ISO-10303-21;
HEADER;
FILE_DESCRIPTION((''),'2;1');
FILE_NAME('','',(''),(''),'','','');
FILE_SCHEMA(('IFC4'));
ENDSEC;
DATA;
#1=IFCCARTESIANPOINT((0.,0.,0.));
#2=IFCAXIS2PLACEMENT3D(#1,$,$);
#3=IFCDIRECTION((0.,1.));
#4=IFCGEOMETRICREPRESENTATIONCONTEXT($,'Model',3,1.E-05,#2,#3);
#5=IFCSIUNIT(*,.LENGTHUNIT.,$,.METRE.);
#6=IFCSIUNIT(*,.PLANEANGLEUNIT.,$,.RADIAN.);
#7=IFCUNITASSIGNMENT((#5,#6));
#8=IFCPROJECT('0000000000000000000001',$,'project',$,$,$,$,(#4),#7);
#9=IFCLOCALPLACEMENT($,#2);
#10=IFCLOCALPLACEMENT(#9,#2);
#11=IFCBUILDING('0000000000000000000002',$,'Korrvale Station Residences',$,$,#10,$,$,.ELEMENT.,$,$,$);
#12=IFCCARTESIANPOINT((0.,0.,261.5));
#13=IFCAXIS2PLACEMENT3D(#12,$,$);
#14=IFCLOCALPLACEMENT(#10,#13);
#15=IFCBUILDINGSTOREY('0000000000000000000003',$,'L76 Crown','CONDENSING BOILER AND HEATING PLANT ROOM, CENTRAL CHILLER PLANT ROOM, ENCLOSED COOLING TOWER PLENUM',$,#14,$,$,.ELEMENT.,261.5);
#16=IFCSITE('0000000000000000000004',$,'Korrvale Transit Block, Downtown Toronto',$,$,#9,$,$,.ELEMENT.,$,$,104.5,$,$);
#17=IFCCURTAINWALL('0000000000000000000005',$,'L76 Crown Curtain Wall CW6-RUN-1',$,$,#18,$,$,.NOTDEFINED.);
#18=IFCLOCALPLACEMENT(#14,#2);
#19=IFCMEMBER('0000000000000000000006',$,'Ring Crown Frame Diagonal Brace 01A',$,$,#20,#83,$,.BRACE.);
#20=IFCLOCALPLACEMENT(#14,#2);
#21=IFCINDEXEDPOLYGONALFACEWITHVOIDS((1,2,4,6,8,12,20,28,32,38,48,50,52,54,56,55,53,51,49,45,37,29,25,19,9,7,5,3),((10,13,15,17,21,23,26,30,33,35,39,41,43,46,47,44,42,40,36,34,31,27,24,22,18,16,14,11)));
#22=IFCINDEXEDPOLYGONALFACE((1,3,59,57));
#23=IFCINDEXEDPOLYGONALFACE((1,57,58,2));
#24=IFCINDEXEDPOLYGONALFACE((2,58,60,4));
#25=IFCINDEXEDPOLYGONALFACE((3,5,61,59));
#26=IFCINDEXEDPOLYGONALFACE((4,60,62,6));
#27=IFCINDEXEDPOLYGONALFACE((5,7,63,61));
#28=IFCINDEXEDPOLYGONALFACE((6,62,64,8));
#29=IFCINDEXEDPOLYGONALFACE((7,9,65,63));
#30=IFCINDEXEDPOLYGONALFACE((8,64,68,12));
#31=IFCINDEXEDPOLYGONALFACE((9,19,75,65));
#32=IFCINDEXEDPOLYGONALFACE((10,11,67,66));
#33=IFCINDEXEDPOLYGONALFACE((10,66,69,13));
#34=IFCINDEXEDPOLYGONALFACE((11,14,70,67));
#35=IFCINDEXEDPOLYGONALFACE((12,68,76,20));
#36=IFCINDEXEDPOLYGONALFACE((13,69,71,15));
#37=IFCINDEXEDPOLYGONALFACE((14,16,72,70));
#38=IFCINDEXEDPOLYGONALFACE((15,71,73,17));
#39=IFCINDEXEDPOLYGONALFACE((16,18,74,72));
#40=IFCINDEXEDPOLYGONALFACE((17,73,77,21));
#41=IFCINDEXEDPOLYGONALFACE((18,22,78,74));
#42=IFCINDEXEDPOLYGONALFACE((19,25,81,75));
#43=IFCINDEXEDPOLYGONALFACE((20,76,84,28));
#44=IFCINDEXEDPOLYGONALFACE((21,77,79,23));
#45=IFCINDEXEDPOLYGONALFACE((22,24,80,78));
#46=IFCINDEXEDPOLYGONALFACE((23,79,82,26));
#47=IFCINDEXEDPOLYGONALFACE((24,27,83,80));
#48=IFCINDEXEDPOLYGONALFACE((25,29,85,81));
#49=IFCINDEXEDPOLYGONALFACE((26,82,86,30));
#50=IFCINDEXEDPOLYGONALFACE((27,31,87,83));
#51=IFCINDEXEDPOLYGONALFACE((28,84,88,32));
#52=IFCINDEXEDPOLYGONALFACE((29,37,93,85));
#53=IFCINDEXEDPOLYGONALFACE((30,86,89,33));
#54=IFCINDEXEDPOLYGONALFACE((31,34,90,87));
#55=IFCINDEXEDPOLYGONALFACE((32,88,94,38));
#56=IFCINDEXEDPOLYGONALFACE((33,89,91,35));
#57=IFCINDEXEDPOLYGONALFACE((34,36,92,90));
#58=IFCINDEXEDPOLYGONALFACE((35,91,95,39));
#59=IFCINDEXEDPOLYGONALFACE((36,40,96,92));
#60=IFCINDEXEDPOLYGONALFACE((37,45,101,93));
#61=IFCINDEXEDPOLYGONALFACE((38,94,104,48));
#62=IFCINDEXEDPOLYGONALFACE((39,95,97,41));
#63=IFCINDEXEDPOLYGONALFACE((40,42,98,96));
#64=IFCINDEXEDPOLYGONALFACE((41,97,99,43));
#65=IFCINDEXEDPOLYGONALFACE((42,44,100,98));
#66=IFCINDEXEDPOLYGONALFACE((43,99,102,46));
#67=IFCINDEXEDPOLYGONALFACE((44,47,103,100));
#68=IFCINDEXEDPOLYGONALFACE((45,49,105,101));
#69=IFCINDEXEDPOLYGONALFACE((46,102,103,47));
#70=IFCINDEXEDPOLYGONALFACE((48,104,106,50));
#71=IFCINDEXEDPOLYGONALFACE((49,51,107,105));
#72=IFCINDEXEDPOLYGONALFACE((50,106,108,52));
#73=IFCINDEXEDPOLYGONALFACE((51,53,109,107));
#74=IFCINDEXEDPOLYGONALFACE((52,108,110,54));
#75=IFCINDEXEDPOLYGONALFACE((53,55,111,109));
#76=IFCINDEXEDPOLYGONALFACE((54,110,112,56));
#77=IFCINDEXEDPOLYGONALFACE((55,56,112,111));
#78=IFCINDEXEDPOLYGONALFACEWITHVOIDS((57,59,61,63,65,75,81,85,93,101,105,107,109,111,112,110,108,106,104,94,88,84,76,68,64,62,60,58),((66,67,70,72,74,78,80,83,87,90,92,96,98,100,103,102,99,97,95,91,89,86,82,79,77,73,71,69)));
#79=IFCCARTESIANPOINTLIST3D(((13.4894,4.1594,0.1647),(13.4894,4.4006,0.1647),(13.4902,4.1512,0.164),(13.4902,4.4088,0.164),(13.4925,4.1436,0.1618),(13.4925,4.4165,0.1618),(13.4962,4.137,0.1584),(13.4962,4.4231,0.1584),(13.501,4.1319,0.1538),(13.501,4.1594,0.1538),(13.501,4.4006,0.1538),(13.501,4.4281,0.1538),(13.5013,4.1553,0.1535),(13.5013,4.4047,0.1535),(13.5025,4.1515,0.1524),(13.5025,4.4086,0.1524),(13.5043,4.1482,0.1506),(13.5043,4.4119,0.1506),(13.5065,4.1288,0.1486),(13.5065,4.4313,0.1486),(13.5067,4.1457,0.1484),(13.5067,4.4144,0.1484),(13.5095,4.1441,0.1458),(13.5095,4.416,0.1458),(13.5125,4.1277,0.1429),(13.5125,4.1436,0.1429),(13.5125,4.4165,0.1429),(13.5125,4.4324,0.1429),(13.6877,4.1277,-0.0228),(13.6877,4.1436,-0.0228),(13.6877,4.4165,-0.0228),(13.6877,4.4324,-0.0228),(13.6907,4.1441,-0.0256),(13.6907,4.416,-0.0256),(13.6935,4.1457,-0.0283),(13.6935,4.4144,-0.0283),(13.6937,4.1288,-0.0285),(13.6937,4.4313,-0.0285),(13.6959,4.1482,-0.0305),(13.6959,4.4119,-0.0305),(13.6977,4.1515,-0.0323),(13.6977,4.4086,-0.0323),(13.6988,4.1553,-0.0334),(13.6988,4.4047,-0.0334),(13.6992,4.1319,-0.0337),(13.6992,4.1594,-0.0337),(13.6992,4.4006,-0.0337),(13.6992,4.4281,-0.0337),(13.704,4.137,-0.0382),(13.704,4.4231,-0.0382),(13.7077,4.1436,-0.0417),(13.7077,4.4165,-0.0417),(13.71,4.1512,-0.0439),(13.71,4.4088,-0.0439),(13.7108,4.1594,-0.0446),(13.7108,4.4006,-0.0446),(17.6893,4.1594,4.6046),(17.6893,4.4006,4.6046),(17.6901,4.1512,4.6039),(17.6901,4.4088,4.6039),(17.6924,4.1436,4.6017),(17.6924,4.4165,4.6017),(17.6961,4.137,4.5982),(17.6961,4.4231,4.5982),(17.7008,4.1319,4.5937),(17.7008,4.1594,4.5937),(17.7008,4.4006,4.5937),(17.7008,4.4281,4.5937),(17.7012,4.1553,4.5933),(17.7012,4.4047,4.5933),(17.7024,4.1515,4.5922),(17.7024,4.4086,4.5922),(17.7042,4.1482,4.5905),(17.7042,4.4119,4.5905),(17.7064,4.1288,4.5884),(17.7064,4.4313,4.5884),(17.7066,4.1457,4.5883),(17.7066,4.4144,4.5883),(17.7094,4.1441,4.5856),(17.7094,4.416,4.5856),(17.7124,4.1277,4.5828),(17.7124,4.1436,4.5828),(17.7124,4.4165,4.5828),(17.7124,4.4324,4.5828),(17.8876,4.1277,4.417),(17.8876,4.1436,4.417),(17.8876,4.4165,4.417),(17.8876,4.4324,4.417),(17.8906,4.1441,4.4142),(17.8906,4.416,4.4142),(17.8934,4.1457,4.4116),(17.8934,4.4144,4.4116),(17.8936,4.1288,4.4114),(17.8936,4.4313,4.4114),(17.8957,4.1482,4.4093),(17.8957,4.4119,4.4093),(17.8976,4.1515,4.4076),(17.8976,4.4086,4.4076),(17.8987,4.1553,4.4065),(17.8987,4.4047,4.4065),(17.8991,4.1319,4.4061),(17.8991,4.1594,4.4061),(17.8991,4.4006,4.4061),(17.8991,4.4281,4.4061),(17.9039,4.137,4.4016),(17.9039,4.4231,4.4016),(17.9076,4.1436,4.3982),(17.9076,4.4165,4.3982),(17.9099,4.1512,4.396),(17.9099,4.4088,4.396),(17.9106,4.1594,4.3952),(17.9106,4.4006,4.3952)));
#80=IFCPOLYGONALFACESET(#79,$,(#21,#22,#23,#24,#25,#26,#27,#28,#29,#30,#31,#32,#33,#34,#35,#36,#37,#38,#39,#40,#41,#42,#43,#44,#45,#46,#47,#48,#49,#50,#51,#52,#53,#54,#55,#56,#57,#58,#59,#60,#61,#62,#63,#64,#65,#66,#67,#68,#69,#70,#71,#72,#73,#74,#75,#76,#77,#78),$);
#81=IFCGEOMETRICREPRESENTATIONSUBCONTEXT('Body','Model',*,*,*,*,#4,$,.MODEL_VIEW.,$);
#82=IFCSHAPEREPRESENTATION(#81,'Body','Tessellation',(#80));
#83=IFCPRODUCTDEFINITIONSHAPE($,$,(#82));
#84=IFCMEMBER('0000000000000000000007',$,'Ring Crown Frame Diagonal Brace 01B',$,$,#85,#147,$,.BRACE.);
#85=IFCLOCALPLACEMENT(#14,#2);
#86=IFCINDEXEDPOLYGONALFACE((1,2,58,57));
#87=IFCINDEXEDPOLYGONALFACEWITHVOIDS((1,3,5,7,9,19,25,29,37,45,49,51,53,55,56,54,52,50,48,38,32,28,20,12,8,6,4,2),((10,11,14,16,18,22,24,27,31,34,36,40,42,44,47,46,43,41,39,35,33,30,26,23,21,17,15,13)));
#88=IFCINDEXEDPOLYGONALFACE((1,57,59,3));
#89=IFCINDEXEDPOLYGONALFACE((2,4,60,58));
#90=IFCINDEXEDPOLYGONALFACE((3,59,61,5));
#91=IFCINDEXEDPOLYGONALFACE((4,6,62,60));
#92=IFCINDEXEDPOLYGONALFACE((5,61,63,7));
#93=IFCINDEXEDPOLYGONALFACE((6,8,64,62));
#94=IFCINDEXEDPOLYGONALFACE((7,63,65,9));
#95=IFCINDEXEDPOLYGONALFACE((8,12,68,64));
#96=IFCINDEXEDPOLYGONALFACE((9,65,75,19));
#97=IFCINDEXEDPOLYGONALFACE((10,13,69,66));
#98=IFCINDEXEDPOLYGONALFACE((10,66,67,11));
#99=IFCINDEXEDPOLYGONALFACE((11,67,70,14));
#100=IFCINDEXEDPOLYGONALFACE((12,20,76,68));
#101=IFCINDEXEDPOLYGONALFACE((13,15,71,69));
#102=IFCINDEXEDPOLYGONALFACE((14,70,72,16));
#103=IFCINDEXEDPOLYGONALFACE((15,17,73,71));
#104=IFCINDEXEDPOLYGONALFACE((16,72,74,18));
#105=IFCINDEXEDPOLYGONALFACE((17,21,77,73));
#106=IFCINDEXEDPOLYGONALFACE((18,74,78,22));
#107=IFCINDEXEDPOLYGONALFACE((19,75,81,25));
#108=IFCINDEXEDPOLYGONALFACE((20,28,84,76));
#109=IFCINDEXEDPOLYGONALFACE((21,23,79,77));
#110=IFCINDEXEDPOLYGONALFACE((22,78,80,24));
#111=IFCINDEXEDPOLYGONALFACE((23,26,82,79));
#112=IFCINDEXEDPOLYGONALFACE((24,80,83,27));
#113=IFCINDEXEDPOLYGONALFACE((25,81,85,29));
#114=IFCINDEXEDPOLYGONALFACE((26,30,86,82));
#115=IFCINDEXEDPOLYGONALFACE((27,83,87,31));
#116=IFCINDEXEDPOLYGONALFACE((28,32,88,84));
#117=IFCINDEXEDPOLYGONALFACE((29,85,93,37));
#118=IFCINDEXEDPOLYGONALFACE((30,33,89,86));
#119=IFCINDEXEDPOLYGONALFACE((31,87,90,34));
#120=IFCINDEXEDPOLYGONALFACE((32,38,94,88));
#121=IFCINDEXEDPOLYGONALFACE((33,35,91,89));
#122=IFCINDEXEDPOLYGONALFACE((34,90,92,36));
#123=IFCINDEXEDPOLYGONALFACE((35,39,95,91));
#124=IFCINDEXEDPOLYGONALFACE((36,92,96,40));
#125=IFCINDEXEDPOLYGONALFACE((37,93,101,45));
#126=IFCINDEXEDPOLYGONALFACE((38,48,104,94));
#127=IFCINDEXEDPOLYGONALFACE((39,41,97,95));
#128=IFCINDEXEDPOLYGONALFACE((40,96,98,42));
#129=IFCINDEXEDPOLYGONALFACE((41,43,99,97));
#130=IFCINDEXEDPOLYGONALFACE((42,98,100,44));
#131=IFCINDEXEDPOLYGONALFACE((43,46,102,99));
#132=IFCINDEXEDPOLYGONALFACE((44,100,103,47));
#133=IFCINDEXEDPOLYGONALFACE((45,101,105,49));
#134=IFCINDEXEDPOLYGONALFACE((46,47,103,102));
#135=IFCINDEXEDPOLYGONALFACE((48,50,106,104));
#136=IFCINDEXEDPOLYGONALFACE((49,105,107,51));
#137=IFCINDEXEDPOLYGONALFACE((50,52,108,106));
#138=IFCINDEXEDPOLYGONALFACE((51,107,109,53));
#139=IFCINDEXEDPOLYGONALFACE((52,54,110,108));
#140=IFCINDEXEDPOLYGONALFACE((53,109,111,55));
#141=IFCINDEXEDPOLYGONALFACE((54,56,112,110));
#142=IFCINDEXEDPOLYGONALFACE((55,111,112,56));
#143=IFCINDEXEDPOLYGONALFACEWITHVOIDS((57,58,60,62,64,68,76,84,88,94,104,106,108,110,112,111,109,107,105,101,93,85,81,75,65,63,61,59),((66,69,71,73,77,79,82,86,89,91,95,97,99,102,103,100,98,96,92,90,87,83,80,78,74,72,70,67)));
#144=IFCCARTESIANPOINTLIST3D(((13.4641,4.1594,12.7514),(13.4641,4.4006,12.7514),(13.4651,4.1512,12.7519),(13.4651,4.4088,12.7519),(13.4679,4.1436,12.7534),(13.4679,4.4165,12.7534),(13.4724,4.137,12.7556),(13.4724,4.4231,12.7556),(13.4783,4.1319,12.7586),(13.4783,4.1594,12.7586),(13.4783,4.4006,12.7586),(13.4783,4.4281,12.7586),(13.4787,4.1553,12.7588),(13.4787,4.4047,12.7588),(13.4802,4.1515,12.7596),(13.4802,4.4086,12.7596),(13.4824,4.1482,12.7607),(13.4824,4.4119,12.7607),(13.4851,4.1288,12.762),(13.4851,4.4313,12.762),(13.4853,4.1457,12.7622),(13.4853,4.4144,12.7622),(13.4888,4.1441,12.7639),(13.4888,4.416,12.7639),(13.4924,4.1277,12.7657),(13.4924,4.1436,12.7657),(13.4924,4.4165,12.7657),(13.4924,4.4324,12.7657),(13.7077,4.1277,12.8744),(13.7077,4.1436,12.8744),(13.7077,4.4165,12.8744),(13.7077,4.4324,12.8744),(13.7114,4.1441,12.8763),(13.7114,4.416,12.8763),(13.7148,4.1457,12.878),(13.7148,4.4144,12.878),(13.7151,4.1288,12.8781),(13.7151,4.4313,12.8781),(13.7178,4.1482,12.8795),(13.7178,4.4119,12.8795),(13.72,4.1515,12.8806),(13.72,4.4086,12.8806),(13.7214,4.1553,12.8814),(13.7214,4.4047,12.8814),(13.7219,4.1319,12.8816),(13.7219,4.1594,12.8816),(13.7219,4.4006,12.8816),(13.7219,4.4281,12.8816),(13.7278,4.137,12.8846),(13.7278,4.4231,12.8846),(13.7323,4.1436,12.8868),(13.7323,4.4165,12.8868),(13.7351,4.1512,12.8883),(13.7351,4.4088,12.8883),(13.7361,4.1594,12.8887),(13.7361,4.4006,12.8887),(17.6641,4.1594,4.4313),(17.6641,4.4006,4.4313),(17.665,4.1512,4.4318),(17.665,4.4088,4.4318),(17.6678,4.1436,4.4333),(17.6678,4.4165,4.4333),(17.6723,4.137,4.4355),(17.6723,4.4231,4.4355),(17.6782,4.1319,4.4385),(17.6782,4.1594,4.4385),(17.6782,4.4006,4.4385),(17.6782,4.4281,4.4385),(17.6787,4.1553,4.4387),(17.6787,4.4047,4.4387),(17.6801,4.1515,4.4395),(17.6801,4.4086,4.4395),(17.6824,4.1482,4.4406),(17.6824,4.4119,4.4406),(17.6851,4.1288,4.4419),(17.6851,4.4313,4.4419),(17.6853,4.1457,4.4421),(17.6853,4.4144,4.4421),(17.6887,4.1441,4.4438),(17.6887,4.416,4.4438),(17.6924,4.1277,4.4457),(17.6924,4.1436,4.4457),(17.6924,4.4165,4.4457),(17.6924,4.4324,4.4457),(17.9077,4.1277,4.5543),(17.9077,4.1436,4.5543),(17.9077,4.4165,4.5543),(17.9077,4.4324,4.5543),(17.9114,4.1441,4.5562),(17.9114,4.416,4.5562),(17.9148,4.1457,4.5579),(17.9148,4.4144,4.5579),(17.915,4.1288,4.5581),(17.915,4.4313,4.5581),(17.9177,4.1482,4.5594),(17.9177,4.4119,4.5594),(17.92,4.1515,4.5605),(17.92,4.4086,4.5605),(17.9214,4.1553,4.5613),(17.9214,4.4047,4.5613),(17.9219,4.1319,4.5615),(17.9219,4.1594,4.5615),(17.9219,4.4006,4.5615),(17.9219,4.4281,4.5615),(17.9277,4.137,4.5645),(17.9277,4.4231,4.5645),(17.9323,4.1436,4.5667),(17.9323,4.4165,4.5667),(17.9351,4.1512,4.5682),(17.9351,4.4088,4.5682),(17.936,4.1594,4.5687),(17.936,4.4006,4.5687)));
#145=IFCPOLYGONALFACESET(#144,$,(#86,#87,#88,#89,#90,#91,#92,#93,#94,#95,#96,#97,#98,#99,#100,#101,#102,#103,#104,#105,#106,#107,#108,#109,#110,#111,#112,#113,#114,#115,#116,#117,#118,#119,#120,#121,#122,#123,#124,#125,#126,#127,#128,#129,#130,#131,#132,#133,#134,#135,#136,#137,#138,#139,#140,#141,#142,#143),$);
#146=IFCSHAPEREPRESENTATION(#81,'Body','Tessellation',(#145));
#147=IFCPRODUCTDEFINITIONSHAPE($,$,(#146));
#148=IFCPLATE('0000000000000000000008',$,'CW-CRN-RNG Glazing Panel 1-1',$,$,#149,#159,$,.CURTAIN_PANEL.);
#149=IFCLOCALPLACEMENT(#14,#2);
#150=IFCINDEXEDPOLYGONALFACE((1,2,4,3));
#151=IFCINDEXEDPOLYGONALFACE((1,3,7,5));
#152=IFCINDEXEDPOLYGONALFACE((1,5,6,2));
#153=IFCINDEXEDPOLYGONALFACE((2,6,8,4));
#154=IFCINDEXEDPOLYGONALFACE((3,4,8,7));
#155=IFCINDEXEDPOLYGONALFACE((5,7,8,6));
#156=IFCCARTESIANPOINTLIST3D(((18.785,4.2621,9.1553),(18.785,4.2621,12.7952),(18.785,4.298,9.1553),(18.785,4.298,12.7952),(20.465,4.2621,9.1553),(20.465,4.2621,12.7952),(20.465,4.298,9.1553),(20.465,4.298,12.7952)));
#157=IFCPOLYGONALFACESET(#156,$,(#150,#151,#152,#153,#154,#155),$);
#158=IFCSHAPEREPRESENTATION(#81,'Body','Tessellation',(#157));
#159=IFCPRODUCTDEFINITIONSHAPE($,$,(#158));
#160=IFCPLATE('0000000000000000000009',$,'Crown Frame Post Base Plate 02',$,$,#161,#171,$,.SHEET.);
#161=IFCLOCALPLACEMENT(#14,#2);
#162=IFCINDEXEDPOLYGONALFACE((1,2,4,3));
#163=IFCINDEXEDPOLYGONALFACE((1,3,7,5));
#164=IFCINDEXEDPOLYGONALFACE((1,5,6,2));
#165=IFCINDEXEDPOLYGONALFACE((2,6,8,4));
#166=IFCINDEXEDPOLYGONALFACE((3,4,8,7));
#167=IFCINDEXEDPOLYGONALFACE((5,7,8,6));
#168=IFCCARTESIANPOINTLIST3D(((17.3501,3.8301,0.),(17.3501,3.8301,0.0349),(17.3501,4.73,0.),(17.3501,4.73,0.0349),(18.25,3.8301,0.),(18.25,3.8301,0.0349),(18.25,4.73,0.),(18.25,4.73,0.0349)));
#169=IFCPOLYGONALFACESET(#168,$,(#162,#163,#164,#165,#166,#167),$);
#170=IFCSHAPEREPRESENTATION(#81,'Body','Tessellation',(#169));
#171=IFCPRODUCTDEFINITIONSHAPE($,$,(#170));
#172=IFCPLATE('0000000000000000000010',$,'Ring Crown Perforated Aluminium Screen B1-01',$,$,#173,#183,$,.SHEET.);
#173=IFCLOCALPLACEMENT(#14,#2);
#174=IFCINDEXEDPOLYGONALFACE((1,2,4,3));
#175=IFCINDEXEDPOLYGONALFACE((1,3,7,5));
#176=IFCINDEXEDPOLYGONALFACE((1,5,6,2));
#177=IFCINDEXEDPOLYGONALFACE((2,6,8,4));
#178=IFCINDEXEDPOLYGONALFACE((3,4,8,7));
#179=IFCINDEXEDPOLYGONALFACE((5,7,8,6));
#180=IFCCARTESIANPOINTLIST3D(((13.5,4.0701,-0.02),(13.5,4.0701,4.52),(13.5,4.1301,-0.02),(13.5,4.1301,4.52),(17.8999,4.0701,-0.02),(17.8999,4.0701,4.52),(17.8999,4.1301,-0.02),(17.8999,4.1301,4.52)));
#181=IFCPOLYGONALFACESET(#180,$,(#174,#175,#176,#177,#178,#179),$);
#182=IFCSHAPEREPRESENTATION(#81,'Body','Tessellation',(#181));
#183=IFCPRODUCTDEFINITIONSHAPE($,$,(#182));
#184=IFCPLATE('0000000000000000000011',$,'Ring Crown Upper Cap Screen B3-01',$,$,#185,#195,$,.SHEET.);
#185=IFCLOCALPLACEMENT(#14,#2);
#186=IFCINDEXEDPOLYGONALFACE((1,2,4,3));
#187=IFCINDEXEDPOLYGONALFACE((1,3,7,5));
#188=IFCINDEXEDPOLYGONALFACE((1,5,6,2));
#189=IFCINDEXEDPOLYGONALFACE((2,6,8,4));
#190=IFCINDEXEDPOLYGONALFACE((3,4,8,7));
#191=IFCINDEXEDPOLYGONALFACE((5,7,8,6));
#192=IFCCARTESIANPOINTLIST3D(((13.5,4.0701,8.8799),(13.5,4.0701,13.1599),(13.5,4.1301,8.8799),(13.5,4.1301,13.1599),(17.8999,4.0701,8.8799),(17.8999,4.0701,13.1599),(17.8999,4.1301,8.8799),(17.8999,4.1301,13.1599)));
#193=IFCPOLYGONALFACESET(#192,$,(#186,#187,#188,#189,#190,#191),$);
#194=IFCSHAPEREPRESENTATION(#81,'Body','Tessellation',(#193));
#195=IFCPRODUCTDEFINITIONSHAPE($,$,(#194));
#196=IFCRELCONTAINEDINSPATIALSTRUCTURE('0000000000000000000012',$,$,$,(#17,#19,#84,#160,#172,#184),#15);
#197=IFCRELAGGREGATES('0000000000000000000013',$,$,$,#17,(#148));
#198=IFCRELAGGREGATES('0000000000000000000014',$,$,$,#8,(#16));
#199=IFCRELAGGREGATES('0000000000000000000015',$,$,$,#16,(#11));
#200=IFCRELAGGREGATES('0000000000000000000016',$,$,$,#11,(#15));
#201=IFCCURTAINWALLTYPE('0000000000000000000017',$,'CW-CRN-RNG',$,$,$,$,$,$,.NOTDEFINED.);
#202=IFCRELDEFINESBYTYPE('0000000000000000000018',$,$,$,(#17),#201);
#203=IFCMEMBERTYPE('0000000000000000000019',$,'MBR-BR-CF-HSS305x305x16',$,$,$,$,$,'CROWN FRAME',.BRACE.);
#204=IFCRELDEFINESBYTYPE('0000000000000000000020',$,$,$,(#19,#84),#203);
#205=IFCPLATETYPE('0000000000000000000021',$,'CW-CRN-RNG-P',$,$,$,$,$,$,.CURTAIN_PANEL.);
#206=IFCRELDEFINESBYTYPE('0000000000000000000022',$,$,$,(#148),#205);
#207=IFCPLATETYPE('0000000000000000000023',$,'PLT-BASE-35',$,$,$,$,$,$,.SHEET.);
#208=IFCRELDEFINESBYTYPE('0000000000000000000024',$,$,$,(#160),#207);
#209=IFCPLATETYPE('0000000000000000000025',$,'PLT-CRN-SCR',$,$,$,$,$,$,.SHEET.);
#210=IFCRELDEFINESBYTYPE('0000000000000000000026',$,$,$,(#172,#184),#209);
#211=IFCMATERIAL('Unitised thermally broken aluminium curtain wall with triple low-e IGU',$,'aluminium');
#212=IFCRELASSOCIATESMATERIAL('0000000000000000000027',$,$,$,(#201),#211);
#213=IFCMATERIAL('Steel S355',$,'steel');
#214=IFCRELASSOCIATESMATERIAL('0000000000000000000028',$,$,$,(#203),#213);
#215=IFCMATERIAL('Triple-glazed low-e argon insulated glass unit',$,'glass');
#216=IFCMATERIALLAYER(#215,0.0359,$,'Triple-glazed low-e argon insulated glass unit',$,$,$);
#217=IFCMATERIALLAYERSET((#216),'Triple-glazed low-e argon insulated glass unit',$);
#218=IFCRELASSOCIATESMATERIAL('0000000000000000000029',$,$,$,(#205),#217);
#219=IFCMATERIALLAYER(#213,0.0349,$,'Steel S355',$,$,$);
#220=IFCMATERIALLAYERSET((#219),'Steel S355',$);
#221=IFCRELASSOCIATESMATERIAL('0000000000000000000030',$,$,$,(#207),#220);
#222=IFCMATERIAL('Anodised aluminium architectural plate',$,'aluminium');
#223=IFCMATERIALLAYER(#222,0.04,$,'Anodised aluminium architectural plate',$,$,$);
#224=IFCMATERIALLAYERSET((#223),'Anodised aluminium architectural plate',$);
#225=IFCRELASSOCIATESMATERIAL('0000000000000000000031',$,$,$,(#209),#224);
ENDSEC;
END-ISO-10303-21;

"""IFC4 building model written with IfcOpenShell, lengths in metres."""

from ifc_helpers import new_model, si_unit, direction, frame, origin, origin_2d, place, context, subcontext, project, spatial, rectangle, hollow_rectangle, extrude, material, layer, layer_set, material_profile, profile_set, type_object, element, aggregate, save


model = new_model("IFC4")

# Units and contexts
model_context = context("Model", 3, precision=1e-05, world=origin(), true_north=direction((0.0, 1.0)))
body_context = subcontext(model_context, "Body", "Model", "MODEL_VIEW")
ifc_project = project(units=[si_unit("LENGTHUNIT", "METRE"), si_unit("PLANEANGLEUNIT", "RADIAN")], contexts=[model_context])

# Site, building, storey
site_placement = place(None, origin())
site = spatial("IfcSite", under=ifc_project, at=site_placement, Name="Korrvale Transit Block, Downtown Toronto", CompositionType="ELEMENT", RefElevation=104.5)
building_placement = place(site_placement, origin())
building = spatial("IfcBuilding", under=site, at=building_placement, Name="Korrvale Station Residences", CompositionType="ELEMENT")
storey_placement = place(building_placement, frame((0.0, 0.0, 261.5)))
storey = spatial("IfcBuildingStorey", under=building, at=storey_placement, Name="L76 Crown", Description="CONDENSING BOILER AND HEATING PLANT ROOM, CENTRAL CHILLER PLANT ROOM, ENCLOSED COOLING TOWER PLENUM", CompositionType="ELEMENT", Elevation=261.5)

# Shared definitions
ifc_material_1 = material(Name="Steel S355", Category="steel")

# Curtain wall
ifc_material_2 = material(Name="Unitised thermally broken aluminium curtain wall with triple low-e IGU", Category="aluminium")
curtain_wall_type = type_object("IfcCurtainWallType", Name="CW-CRN-RNG", PredefinedType="NOTDEFINED", material=ifc_material_2)
curtain_wall_placement = place(storey_placement, origin())
curtain_wall = element("IfcCurtainWall", 1, at=curtain_wall_placement, inside=storey, type_object=curtain_wall_type, Name="L76 Crown Curtain Wall CW6-RUN-1", PredefinedType="NOTDEFINED")

# Members
ifc_material_profile_1 = material_profile(ifc_material_1, hollow_rectangle(XDim=0.3047, YDim=0.3047, WallThickness=0.0159, InnerFilletRadius=0.0159, OuterFilletRadius=0.0317, at=origin_2d()), Name="HSS305x305x16")
ifc_profile_set_1 = profile_set([ifc_material_profile_1], Name="Steel S355")
member_type_1 = type_object("IfcMemberType", Name="MBR-BR-CF-HSS305x305x16", ElementType="CROWN FRAME", PredefinedType="BRACE", material=ifc_profile_set_1)
member_1_placement = place(storey_placement, frame((13.6001, 4.28, 0.0601), z_axis=(0.6872, 0.0, 0.726468), x_axis=(0.0, 1.0, 0.0)))
element("IfcMember", 2, at=member_1_placement, inside=storey, type_object=member_type_1, Name="Ring Crown Frame Diagonal Brace 01A", PredefinedType="BRACE", context=body_context, shape_type="SweptSolid", body=[
    extrude(hollow_rectangle(XDim=0.3047, YDim=0.3047, WallThickness=0.0159, InnerFilletRadius=0.0159, OuterFilletRadius=0.0317, at=origin_2d()), origin(), (0.0, 0.0, 1.0), 6.1116),
])
member_2_placement = place(storey_placement, frame((17.8, 4.28, 4.5), z_axis=(-0.450637, 0.0, 0.892707), x_axis=(0.0, -1.0, 0.0)))
element("IfcMember", 3, at=member_2_placement, inside=storey, type_object=member_type_1, Name="Ring Crown Frame Diagonal Brace 01B", PredefinedType="BRACE", context=body_context, shape_type="SweptSolid", body=[
    extrude(hollow_rectangle(XDim=0.3047, YDim=0.3047, WallThickness=0.0159, InnerFilletRadius=0.0159, OuterFilletRadius=0.0317, at=origin_2d()), origin(), (0.0, 0.0, 1.0), 9.3201),
])

# Plate
ifc_material_3 = material(Name="Triple-glazed low-e argon insulated glass unit", Category="glass")
ifc_layer_1 = layer(ifc_material_3, 0.0359, Name="Triple-glazed low-e argon insulated glass unit")
ifc_layer_set_1 = layer_set([ifc_layer_1], Name="Triple-glazed low-e argon insulated glass unit")
plate_type_1 = type_object("IfcPlateType", Name="CW-CRN-RNG-P", PredefinedType="CURTAIN_PANEL", material=ifc_layer_set_1)
plate_1_placement = place(storey_placement, frame((19.625, 4.28, 9.1553), z_axis=(0.0, 0.0, 1.0), x_axis=(1.0, 0.0, 0.0)))
plate_1 = element("IfcPlate", 4, at=plate_1_placement, type_object=plate_type_1, Name="CW-CRN-RNG Glazing Panel 1-1", PredefinedType="CURTAIN_PANEL", context=body_context, shape_type="SweptSolid", body=[
    extrude(rectangle(XDim=1.6799, YDim=0.0359, at=origin_2d()), origin(), (0.0, 0.0, 1.0), 3.6399),
])
aggregate(curtain_wall, [plate_1])

# Plates
ifc_layer_2 = layer(ifc_material_1, 0.0349, Name="Steel S355")
ifc_layer_set_2 = layer_set([ifc_layer_2], Name="Steel S355")
plate_type_2 = type_object("IfcPlateType", Name="PLT-BASE-35", PredefinedType="SHEET", material=ifc_layer_set_2)
plate_2_placement = place(storey_placement, frame((17.8, 4.28, 0.0), z_axis=(0.0, 0.0, 1.0), x_axis=(1.0, 0.0, 0.0)))
element("IfcPlate", 5, at=plate_2_placement, inside=storey, type_object=plate_type_2, Name="Crown Frame Post Base Plate 02", PredefinedType="SHEET", context=body_context, shape_type="SweptSolid", body=[
    extrude(rectangle(XDim=0.8999, YDim=0.8999, at=origin_2d()), origin(), (0.0, 0.0, 1.0), 0.0349),
])
ifc_material_4 = material(Name="Anodised aluminium architectural plate", Category="aluminium")
ifc_layer_3 = layer(ifc_material_4, 0.04, Name="Anodised aluminium architectural plate")
ifc_layer_set_3 = layer_set([ifc_layer_3], Name="Anodised aluminium architectural plate")
plate_type_3 = type_object("IfcPlateType", Name="PLT-CRN-SCR", PredefinedType="SHEET", material=ifc_layer_set_3)
plate_3_placement = place(storey_placement, frame((15.7, 4.1001, -0.02), z_axis=(0.0, 0.0, 1.0), x_axis=(1.0, 0.0, 0.0)))
element("IfcPlate", 6, at=plate_3_placement, inside=storey, type_object=plate_type_3, Name="Ring Crown Perforated Aluminium Screen B1-01", PredefinedType="SHEET", context=body_context, shape_type="SweptSolid", body=[
    extrude(rectangle(XDim=4.3999, YDim=0.0601, at=origin_2d()), origin(), (0.0, 0.0, 1.0), 4.54),
])
plate_4_placement = place(storey_placement, frame((15.7, 4.1001, 8.8799), z_axis=(0.0, 0.0, 1.0), x_axis=(1.0, 0.0, 0.0)))
element("IfcPlate", 7, at=plate_4_placement, inside=storey, type_object=plate_type_3, Name="Ring Crown Upper Cap Screen B3-01", PredefinedType="SHEET", context=body_context, shape_type="SweptSolid", body=[
    extrude(rectangle(XDim=4.3999, YDim=0.0601, at=origin_2d()), origin(), (0.0, 0.0, 1.0), 4.28),
])

save(model, "model.ifc")
